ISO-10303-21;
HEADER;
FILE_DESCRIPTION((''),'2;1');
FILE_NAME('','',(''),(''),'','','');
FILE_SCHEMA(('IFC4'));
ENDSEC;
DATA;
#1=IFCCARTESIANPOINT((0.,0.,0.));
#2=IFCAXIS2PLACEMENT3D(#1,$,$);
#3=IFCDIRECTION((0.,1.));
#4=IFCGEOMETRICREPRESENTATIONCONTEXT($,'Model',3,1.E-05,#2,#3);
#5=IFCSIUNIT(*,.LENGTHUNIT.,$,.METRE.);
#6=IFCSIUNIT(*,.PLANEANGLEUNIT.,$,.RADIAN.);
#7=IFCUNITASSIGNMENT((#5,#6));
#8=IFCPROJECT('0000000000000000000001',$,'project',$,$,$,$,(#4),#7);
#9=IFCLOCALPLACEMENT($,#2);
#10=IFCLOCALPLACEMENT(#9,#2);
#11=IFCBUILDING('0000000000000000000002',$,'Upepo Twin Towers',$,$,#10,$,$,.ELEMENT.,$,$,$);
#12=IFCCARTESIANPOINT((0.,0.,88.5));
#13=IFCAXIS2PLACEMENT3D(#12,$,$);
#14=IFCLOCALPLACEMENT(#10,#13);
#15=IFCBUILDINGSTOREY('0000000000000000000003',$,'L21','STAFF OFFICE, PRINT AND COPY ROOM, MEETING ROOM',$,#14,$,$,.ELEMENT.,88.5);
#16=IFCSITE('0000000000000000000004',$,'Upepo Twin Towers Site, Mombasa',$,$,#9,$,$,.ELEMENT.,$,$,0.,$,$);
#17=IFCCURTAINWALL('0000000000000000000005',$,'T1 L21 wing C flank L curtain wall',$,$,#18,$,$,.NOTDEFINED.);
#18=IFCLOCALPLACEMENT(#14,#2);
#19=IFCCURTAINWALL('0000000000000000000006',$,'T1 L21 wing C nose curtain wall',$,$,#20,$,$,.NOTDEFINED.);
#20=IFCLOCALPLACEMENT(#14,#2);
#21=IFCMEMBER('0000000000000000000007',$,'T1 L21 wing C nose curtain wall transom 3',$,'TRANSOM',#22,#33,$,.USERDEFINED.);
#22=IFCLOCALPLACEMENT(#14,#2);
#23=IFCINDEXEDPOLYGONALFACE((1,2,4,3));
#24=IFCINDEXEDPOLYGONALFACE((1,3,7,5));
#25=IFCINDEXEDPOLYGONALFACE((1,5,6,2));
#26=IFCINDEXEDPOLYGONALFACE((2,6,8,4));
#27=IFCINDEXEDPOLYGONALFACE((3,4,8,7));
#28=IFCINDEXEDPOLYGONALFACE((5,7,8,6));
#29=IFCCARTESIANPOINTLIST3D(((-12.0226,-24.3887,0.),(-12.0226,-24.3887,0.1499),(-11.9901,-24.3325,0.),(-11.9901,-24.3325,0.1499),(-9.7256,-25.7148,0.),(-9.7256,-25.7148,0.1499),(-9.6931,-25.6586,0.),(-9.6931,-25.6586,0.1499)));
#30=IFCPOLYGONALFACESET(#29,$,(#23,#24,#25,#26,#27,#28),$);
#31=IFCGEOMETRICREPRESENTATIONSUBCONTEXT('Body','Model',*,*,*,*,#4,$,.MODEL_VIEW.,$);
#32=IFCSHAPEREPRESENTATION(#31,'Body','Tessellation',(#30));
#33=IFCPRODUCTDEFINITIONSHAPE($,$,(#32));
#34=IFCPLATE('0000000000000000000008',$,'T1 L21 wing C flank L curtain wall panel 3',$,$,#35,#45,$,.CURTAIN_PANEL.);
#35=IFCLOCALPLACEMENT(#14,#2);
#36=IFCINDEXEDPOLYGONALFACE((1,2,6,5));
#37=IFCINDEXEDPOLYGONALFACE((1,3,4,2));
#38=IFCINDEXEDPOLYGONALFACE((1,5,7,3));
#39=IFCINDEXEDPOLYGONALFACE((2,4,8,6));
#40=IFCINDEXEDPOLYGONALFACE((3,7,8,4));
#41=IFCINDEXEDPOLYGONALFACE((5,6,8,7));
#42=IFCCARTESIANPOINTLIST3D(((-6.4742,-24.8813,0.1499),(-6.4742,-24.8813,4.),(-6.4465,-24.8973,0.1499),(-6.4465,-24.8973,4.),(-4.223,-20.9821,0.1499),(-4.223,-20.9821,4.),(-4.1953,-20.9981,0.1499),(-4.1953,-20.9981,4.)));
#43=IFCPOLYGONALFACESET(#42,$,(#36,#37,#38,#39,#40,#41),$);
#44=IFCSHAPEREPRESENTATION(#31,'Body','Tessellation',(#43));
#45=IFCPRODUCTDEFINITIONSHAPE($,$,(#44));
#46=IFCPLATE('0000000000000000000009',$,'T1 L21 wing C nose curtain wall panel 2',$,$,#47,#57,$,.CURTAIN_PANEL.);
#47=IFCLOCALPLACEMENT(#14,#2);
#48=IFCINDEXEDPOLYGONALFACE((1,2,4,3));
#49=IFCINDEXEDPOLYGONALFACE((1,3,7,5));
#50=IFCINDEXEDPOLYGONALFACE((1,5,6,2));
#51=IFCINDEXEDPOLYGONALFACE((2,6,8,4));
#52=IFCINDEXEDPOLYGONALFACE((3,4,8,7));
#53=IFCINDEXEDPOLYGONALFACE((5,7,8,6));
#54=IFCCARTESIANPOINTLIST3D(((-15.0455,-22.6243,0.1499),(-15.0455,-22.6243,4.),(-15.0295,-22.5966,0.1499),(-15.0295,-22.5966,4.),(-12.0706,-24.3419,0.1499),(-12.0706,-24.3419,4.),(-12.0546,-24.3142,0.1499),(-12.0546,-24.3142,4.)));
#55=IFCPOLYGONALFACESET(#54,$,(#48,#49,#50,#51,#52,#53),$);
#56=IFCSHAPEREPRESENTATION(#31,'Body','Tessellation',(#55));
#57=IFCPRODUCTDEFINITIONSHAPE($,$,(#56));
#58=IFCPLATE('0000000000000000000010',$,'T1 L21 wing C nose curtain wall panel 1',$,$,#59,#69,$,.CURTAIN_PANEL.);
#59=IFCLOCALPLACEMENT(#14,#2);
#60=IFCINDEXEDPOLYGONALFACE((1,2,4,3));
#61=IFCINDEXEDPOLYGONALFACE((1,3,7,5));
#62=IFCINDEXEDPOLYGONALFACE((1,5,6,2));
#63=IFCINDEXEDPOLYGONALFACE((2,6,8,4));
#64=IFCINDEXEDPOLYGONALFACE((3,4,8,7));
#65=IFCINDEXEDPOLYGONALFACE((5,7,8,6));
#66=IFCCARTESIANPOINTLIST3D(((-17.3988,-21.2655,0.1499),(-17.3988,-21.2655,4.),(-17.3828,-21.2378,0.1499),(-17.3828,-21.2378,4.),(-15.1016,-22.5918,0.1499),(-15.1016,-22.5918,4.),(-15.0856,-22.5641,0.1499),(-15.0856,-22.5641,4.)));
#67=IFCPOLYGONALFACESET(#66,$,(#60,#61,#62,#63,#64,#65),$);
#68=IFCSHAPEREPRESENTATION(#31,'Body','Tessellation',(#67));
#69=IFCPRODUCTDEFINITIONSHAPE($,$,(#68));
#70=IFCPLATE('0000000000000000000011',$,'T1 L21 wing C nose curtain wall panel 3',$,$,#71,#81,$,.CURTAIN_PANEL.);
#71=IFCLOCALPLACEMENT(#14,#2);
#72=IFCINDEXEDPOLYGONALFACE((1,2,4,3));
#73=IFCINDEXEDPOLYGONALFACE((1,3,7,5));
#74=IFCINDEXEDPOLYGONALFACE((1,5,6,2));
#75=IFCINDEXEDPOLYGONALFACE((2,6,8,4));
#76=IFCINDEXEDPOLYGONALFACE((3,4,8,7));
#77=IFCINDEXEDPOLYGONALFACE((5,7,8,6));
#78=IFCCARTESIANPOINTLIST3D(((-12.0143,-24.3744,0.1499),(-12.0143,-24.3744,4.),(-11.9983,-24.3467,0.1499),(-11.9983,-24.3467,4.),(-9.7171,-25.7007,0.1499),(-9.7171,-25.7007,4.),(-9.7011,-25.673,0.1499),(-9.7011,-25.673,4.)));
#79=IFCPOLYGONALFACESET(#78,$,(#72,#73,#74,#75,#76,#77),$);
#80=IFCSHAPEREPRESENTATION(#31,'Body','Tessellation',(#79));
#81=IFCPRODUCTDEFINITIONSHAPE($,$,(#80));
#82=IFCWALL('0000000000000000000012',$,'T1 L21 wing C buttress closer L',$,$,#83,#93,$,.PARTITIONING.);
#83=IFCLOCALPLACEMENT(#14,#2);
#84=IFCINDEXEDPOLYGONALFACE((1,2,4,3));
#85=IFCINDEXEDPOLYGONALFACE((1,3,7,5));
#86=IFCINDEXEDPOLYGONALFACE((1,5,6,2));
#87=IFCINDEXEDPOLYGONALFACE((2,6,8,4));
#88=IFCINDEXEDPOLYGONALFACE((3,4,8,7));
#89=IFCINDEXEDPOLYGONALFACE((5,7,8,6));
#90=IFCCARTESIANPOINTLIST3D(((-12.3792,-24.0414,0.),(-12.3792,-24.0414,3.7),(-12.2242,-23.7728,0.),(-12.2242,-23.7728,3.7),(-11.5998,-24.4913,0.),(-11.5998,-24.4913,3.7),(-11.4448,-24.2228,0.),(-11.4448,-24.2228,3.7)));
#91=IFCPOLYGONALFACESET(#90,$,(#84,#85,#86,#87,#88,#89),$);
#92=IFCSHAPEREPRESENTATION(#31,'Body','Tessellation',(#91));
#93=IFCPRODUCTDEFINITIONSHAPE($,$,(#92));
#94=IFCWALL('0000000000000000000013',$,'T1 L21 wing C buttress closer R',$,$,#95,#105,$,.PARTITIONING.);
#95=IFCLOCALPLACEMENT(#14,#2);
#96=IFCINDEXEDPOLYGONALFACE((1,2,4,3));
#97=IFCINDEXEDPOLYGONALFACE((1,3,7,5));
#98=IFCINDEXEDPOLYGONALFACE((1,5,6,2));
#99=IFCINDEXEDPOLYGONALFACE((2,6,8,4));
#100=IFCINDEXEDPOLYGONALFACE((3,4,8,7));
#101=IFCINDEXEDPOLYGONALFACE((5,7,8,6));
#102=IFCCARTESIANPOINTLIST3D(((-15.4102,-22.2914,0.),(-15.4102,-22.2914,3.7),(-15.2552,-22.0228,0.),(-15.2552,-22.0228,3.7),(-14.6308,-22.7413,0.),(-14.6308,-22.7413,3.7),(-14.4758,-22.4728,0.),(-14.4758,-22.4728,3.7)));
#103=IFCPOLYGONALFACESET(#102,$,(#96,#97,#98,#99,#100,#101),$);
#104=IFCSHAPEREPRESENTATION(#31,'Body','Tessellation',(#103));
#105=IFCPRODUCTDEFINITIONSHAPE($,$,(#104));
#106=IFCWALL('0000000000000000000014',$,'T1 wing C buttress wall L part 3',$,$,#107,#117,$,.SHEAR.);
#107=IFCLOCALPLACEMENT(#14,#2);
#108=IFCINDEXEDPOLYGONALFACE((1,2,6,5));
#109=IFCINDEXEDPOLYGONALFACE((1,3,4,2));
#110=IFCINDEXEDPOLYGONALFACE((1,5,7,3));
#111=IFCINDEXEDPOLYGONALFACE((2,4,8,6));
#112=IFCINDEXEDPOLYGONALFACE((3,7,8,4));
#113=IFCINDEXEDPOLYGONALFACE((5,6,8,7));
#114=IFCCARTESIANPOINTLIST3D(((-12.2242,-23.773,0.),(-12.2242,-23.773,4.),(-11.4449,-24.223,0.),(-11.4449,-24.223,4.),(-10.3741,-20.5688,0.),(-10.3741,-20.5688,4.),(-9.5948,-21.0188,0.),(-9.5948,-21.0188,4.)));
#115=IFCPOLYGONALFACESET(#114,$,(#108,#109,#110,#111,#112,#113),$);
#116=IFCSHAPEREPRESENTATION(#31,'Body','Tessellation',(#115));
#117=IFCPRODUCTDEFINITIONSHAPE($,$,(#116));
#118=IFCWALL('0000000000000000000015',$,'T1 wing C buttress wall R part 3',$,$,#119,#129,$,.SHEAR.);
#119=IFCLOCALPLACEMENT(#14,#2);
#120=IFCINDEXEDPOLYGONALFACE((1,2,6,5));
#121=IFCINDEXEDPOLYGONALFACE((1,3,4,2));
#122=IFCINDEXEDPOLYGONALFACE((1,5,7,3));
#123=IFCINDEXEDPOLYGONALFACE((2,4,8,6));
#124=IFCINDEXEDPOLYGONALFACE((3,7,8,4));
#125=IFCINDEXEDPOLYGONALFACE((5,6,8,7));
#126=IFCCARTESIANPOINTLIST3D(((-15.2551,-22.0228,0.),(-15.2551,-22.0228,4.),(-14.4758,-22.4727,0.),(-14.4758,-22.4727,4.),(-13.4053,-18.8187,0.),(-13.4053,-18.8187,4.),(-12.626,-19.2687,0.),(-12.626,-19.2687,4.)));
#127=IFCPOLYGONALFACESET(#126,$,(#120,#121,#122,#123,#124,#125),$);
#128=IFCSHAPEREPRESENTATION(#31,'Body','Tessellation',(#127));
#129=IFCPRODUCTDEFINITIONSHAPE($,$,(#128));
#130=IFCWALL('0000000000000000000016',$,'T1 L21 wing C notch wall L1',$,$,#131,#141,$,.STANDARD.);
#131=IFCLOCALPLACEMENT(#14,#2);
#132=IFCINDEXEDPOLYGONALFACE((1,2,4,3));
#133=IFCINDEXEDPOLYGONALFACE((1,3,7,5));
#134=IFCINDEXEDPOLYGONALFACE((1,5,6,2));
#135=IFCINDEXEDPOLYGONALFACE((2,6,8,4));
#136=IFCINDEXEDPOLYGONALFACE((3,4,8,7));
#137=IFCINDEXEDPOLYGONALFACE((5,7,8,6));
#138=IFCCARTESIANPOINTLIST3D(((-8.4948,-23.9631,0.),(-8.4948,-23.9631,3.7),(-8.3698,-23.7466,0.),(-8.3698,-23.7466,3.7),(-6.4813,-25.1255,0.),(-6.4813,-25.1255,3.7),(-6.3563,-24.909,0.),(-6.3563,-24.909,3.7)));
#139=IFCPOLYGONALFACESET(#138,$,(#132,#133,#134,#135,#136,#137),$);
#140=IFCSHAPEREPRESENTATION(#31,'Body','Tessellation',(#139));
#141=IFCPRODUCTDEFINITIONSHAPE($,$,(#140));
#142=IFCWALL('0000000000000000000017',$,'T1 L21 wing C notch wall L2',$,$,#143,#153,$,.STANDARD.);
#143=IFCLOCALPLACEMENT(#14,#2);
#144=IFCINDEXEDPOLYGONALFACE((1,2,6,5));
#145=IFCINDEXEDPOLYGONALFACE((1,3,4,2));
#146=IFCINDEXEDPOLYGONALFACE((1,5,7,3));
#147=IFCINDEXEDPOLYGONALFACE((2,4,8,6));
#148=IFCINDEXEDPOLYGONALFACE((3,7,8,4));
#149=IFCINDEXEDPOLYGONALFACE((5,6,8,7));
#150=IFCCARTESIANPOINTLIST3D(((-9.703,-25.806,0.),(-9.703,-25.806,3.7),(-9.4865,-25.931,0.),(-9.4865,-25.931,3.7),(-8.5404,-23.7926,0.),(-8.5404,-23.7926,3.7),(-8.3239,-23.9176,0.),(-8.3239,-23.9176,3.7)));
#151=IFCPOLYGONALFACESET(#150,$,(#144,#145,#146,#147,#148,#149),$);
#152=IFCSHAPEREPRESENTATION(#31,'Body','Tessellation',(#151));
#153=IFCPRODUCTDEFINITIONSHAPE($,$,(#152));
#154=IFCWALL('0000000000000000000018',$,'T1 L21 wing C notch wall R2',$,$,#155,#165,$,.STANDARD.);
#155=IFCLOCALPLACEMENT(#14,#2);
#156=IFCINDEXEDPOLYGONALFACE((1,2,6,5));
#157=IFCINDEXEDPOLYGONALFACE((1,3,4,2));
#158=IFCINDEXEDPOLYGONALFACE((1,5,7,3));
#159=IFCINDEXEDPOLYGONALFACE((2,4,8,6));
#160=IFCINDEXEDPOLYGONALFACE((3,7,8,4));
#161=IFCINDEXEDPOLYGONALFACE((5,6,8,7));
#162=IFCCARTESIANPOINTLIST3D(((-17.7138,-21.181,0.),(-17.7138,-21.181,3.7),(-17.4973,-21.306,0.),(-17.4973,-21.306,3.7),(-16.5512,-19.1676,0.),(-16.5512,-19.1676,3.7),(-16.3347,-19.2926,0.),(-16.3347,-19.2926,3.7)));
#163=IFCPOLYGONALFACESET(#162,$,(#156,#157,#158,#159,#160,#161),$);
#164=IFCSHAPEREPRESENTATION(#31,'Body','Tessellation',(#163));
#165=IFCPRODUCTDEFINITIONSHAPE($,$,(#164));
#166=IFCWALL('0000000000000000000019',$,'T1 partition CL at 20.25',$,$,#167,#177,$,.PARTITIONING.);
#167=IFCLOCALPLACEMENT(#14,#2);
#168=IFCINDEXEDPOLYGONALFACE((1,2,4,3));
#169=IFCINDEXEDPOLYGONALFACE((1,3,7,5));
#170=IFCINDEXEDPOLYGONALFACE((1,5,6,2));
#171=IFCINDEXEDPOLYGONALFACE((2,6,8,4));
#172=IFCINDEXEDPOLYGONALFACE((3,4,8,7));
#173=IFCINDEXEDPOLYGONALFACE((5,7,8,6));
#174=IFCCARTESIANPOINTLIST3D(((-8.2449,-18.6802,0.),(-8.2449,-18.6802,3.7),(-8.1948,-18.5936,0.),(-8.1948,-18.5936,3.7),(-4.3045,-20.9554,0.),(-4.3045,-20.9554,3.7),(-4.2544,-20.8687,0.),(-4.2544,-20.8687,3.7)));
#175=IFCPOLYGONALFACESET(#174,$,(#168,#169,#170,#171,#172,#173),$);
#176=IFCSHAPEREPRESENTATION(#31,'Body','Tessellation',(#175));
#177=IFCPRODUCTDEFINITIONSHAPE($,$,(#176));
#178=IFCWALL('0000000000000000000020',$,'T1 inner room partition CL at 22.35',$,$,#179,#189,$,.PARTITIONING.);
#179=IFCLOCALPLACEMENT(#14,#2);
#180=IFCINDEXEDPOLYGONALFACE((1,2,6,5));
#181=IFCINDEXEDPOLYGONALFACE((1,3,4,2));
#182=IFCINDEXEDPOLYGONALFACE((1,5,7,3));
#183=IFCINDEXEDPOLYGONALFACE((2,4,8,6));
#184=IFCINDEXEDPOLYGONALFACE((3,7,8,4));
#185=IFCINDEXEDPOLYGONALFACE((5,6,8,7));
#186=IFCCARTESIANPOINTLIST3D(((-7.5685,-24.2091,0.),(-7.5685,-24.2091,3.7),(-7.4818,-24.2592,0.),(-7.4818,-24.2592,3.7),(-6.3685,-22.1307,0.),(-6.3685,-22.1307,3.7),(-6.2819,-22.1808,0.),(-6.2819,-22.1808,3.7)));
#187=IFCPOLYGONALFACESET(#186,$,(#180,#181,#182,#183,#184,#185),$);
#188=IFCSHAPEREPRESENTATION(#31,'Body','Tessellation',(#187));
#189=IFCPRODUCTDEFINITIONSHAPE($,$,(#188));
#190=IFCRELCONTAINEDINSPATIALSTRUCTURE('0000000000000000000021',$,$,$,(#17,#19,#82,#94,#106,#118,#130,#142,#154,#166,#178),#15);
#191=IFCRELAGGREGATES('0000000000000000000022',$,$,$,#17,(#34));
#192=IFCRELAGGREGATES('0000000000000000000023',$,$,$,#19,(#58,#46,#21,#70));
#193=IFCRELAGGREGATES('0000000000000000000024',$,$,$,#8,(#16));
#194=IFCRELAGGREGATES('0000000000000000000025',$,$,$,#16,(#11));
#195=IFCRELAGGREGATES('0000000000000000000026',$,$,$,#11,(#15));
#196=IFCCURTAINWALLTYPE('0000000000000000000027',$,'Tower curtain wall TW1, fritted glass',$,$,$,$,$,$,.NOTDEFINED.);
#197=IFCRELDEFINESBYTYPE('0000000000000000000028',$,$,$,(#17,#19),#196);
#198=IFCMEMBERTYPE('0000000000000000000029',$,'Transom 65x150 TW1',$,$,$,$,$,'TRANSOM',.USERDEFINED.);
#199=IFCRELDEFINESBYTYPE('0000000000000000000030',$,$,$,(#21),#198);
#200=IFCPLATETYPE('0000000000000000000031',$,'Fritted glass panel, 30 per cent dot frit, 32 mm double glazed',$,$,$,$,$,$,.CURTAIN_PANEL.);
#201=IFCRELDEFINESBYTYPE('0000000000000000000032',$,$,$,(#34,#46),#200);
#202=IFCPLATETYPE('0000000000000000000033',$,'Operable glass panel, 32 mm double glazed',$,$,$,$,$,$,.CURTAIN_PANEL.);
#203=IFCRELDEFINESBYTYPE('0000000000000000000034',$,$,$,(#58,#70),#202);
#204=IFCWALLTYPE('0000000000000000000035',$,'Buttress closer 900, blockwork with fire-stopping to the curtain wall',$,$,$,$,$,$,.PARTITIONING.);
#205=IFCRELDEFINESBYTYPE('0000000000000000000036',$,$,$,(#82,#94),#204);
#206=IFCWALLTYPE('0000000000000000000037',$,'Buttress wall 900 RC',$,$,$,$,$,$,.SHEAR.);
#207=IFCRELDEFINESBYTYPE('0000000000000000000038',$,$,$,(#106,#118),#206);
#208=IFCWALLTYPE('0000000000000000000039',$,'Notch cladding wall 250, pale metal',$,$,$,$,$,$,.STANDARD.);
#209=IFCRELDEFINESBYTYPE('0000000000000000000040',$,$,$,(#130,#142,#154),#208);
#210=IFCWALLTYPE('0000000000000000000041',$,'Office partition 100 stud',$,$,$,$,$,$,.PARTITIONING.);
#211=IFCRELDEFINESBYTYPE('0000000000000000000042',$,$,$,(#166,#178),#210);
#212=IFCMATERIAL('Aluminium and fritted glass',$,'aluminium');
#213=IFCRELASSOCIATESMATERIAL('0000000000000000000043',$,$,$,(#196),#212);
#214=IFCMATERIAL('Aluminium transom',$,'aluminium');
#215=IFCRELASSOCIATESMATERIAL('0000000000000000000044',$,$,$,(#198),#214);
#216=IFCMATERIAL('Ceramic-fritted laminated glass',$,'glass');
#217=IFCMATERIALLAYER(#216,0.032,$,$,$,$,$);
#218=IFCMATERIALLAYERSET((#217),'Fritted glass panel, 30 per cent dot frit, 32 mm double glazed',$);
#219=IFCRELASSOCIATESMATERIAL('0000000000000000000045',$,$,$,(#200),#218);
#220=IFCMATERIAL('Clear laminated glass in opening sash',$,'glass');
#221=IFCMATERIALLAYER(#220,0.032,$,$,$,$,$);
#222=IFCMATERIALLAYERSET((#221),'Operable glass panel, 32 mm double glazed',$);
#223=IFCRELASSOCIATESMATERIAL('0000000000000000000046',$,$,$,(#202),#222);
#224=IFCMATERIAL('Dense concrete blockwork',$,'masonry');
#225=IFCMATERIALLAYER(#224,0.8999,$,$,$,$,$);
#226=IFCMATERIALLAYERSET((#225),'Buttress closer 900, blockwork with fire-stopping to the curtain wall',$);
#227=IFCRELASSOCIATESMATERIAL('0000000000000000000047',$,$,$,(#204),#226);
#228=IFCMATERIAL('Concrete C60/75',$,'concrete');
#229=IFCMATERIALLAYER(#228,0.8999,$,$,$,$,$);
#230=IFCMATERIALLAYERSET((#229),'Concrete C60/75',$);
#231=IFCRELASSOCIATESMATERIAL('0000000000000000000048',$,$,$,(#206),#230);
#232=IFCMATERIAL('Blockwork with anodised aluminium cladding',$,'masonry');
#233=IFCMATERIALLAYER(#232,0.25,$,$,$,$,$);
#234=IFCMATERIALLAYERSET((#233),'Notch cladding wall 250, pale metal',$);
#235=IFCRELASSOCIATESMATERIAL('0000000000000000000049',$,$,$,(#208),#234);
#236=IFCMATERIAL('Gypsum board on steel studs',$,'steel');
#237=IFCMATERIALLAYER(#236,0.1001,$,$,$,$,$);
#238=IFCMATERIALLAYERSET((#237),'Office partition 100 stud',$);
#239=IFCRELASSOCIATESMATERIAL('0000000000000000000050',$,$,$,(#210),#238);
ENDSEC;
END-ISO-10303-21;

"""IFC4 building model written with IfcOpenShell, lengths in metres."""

from ifc_helpers import new_model, si_unit, direction, frame, frame_2d, origin, origin_2d, place, context, subcontext, project, spatial, rectangle, extrude, material, layer, layer_set, material_profile, profile_set, type_object, element, aggregate, save


model = new_model("IFC4")

# Units and contexts
model_context = context("Model", 3, precision=1e-05, world=origin(), true_north=direction((0.0, 1.0)))
body_context = subcontext(model_context, "Body", "Model", "MODEL_VIEW")
ifc_project = project(units=[si_unit("LENGTHUNIT", "METRE"), si_unit("PLANEANGLEUNIT", "RADIAN")], contexts=[model_context])

# Site, building, storey
site_placement = place(None, origin())
site = spatial("IfcSite", under=ifc_project, at=site_placement, Name="Upepo Twin Towers Site, Mombasa", CompositionType="ELEMENT", RefElevation=0.0)
building_placement = place(site_placement, origin())
building = spatial("IfcBuilding", under=site, at=building_placement, Name="Upepo Twin Towers", CompositionType="ELEMENT")
storey_placement = place(building_placement, frame((0.0, 0.0, 88.5)))
storey = spatial("IfcBuildingStorey", under=building, at=storey_placement, Name="L21", Description="STAFF OFFICE, PRINT AND COPY ROOM, MEETING ROOM", CompositionType="ELEMENT", Elevation=88.5)

# Curtain wall
ifc_material_1 = material(Name="Aluminium and fritted glass", Category="aluminium")
curtain_wall_type = type_object("IfcCurtainWallType", Name="Tower curtain wall TW1, fritted glass", PredefinedType="NOTDEFINED", material=ifc_material_1)
curtain_wall_1_placement = place(storey_placement, origin())
curtain_wall_1 = element("IfcCurtainWall", 1, at=curtain_wall_1_placement, inside=storey, type_object=curtain_wall_type, Name="T1 L21 wing C flank L curtain wall", PredefinedType="NOTDEFINED")

# Curtain wall
curtain_wall_2_placement = place(storey_placement, origin())
curtain_wall_2 = element("IfcCurtainWall", 2, at=curtain_wall_2_placement, inside=storey, type_object=curtain_wall_type, Name="T1 L21 wing C nose curtain wall", PredefinedType="NOTDEFINED")

# Member
ifc_material_2 = material(Name="Aluminium transom", Category="aluminium")
ifc_material_profile_1 = material_profile(ifc_material_2, rectangle(XDim=0.0649, YDim=0.1499, at=origin_2d()), Name="TRANSOM 65x150")
ifc_profile_set_1 = profile_set([ifc_material_profile_1], Name="Aluminium transom")
member_type_1 = type_object("IfcMemberType", Name="Transom 65x150 TW1", ElementType="TRANSOM", PredefinedType="USERDEFINED", material=ifc_profile_set_1)
member_1_placement = place(storey_placement, frame((-12.0063, -24.3606, 0.075), z_axis=(0.866037, -0.49998, 0.0), x_axis=(0.49998, 0.866037, 0.0)))
member_1 = element("IfcMember", 3, at=member_1_placement, type_object=member_type_1, Name="T1 L21 wing C nose curtain wall transom 3", ObjectType="TRANSOM", PredefinedType="USERDEFINED", context=body_context, shape_type="SweptSolid", body=[
    extrude(rectangle(XDim=0.0649, YDim=0.1499, at=origin_2d()), origin(), (0.0, 0.0, 1.0), 2.6523),
])

# Plates
ifc_material_3 = material(Name="Ceramic-fritted laminated glass", Category="glass")
ifc_layer_1 = layer(ifc_material_3, 0.032)
ifc_layer_set_1 = layer_set([ifc_layer_1], Name="Fritted glass panel, 30 per cent dot frit, 32 mm double glazed")
plate_type_1 = type_object("IfcPlateType", Name="Fritted glass panel, 30 per cent dot frit, 32 mm double glazed", PredefinedType="CURTAIN_PANEL", material=ifc_layer_set_1)
plate_1_placement = place(storey_placement, frame((-5.3347, -22.9397, 0.1499), z_axis=(0.0, 0.0, 1.0), x_axis=(-0.5, -0.866025, 0.0)))
plate_1 = element("IfcPlate", 4, at=plate_1_placement, type_object=plate_type_1, Name="T1 L21 wing C flank L curtain wall panel 3", PredefinedType="CURTAIN_PANEL", context=body_context, shape_type="SweptSolid", body=[
    extrude(rectangle(XDim=4.5024, YDim=0.032, at=origin_2d()), origin(), (0.0, 0.0, 1.0), 3.8501),
])
aggregate(curtain_wall_1, [plate_1])
plate_2_placement = place(storey_placement, frame((-13.55, -23.4692, 0.1499), z_axis=(0.0, 0.0, 1.0), x_axis=(0.866025, -0.5, 0.0)))
plate_2 = element("IfcPlate", 5, at=plate_2_placement, type_object=plate_type_1, Name="T1 L21 wing C nose curtain wall panel 2", PredefinedType="CURTAIN_PANEL", context=body_context, shape_type="SweptSolid", body=[
    extrude(rectangle(XDim=3.4351, YDim=0.032, at=origin_2d()), origin(), (0.0, 0.0, 1.0), 3.8501),
])
ifc_material_4 = material(Name="Clear laminated glass in opening sash", Category="glass")
ifc_layer_2 = layer(ifc_material_4, 0.032)
ifc_layer_set_2 = layer_set([ifc_layer_2], Name="Operable glass panel, 32 mm double glazed")
plate_type_2 = type_object("IfcPlateType", Name="Operable glass panel, 32 mm double glazed", PredefinedType="CURTAIN_PANEL", material=ifc_layer_set_2)
plate_3_placement = place(storey_placement, frame((-16.2422, -21.9148, 0.1499), z_axis=(0.0, 0.0, 1.0), x_axis=(0.866025, -0.5, 0.0)))
plate_3 = element("IfcPlate", 6, at=plate_3_placement, type_object=plate_type_2, Name="T1 L21 wing C nose curtain wall panel 1", PredefinedType="CURTAIN_PANEL", context=body_context, shape_type="SweptSolid", body=[
    extrude(rectangle(XDim=2.6526, YDim=0.032, at=origin_2d()), origin(), (0.0, 0.0, 1.0), 3.8501),
])
plate_4_placement = place(storey_placement, frame((-10.8577, -25.0237, 0.1499), z_axis=(0.0, 0.0, 1.0), x_axis=(0.866025, -0.5, 0.0)))
plate_4 = element("IfcPlate", 7, at=plate_4_placement, type_object=plate_type_2, Name="T1 L21 wing C nose curtain wall panel 3", PredefinedType="CURTAIN_PANEL", context=body_context, shape_type="SweptSolid", body=[
    extrude(rectangle(XDim=2.6526, YDim=0.032, at=origin_2d()), origin(), (0.0, 0.0, 1.0), 3.8501),
])
aggregate(curtain_wall_2, [plate_3, plate_2, member_1, plate_4])

# Walls
ifc_material_5 = material(Name="Dense concrete blockwork", Category="masonry")
ifc_layer_3 = layer(ifc_material_5, 0.8999)
ifc_layer_set_3 = layer_set([ifc_layer_3], Name="Buttress closer 900, blockwork with fire-stopping to the curtain wall")
wall_type_1 = type_object("IfcWallType", Name="Buttress closer 900, blockwork with fire-stopping to the curtain wall", PredefinedType="PARTITIONING", material=ifc_layer_set_3)
for number, where, z_axis, x_axis, name in (
    (8, (-11.8345, -23.9978, 0.0), (0.0, 0.0, 1.0), (-0.49995, -0.866054, 0.0), "T1 L21 wing C buttress closer L"),
    (9, (-14.8655, -22.2478, 0.0), (0.0, 0.0, 1.0), (-0.49995, -0.866054, 0.0), "T1 L21 wing C buttress closer R"),
):
    element("IfcWall", number, at=place(storey_placement, frame(where, z_axis=z_axis, x_axis=x_axis)), inside=storey, type_object=wall_type_1, Name=name, PredefinedType="PARTITIONING", context=body_context, shape_type="SweptSolid", body=[
        extrude(rectangle(XDim=0.3101, YDim=0.8999, at=frame_2d((0.155, 0.0))), origin(), (0.0, 0.0, 1.0), 3.7),
    ])
ifc_material_6 = material(Name="Concrete C60/75", Category="concrete")
ifc_layer_4 = layer(ifc_material_6, 0.8999)
ifc_layer_set_4 = layer_set([ifc_layer_4], Name="Concrete C60/75")
wall_type_2 = type_object("IfcWallType", Name="Buttress wall 900 RC", PredefinedType="SHEAR", material=ifc_layer_set_4)
wall_1_placement = place(storey_placement, frame((-9.9844, -20.7937, 0.0), z_axis=(0.0, 0.0, 1.0), x_axis=(-0.500042, -0.866001, 0.0)))
element("IfcWall", 10, at=wall_1_placement, inside=storey, type_object=wall_type_2, Name="T1 wing C buttress wall L part 3", PredefinedType="SHEAR", context=body_context, shape_type="SweptSolid", body=[
    extrude(rectangle(XDim=3.7, YDim=0.8999, at=frame_2d((1.8501, 0.0))), origin(), (0.0, 0.0, 1.0), 4.0),
])
wall_2_placement = place(storey_placement, frame((-13.0156, -19.0437, 0.0), z_axis=(0.0, 0.0, 1.0), x_axis=(-0.499993, -0.86603, 0.0)))
element("IfcWall", 11, at=wall_2_placement, inside=storey, type_object=wall_type_2, Name="T1 wing C buttress wall R part 3", PredefinedType="SHEAR", context=body_context, shape_type="SweptSolid", body=[
    extrude(rectangle(XDim=3.6997, YDim=0.8999, at=frame_2d((1.8499, 0.0))), origin(), (0.0, 0.0, 1.0), 4.0),
])
ifc_material_7 = material(Name="Blockwork with anodised aluminium cladding", Category="masonry")
ifc_layer_5 = layer(ifc_material_7, 0.25)
ifc_layer_set_5 = layer_set([ifc_layer_5], Name="Notch cladding wall 250, pale metal")
wall_type_3 = type_object("IfcWallType", Name="Notch cladding wall 250, pale metal", PredefinedType="STANDARD", material=ifc_layer_set_5)
for number, where, z_axis, x_axis, name in (
    (12, (-6.4187, -25.0173, 0.0), (0.0, 0.0, 1.0), (-0.866044, 0.499968, 0.0), "T1 L21 wing C notch wall L1"),
    (13, (-8.4321, -23.855, 0.0), (0.0, 0.0, 1.0), (-0.500047, -0.865998, 0.0), "T1 L21 wing C notch wall L2"),
    (14, (-16.4429, -19.23, 0.0), (0.0, 0.0, 1.0), (-0.500047, -0.865998, 0.0), "T1 L21 wing C notch wall R2"),
):
    element("IfcWall", number, at=place(storey_placement, frame(where, z_axis=z_axis, x_axis=x_axis)), inside=storey, type_object=wall_type_3, Name=name, PredefinedType="STANDARD", context=body_context, shape_type="SweptSolid", body=[
        extrude(rectangle(XDim=2.325, YDim=0.25, at=frame_2d((1.1626, 0.0))), origin(), (0.0, 0.0, 1.0), 3.7),
    ])
ifc_material_8 = material(Name="Gypsum board on steel studs", Category="steel")
ifc_layer_6 = layer(ifc_material_8, 0.1001)
ifc_layer_set_6 = layer_set([ifc_layer_6], Name="Office partition 100 stud")
wall_type_4 = type_object("IfcWallType", Name="Office partition 100 stud", PredefinedType="PARTITIONING", material=ifc_layer_set_6)
wall_3_placement = place(storey_placement, frame((-8.2197, -18.637, 0.0), z_axis=(0.0, 0.0, 1.0), x_axis=(0.866012, -0.500023, 0.0)))
element("IfcWall", 15, at=wall_3_placement, inside=storey, type_object=wall_type_4, Name="T1 partition CL at 20.25", PredefinedType="PARTITIONING", context=body_context, shape_type="SweptSolid", body=[
    extrude(rectangle(XDim=4.55, YDim=0.1001, at=frame_2d((2.2749, 0.0))), origin(), (0.0, 0.0, 1.0), 3.7),
])
wall_4_placement = place(storey_placement, frame((-6.3252, -22.1558, 0.0), z_axis=(0.0, 0.0, 1.0), x_axis=(-0.500001, -0.866025, 0.0)))
element("IfcWall", 16, at=wall_4_placement, inside=storey, type_object=wall_type_4, Name="T1 inner room partition CL at 22.35", PredefinedType="PARTITIONING", context=body_context, shape_type="SweptSolid", body=[
    extrude(rectangle(XDim=2.3999, YDim=0.1001, at=frame_2d((1.2, 0.0))), origin(), (0.0, 0.0, 1.0), 3.7),
])

save(model, "model.ifc")
